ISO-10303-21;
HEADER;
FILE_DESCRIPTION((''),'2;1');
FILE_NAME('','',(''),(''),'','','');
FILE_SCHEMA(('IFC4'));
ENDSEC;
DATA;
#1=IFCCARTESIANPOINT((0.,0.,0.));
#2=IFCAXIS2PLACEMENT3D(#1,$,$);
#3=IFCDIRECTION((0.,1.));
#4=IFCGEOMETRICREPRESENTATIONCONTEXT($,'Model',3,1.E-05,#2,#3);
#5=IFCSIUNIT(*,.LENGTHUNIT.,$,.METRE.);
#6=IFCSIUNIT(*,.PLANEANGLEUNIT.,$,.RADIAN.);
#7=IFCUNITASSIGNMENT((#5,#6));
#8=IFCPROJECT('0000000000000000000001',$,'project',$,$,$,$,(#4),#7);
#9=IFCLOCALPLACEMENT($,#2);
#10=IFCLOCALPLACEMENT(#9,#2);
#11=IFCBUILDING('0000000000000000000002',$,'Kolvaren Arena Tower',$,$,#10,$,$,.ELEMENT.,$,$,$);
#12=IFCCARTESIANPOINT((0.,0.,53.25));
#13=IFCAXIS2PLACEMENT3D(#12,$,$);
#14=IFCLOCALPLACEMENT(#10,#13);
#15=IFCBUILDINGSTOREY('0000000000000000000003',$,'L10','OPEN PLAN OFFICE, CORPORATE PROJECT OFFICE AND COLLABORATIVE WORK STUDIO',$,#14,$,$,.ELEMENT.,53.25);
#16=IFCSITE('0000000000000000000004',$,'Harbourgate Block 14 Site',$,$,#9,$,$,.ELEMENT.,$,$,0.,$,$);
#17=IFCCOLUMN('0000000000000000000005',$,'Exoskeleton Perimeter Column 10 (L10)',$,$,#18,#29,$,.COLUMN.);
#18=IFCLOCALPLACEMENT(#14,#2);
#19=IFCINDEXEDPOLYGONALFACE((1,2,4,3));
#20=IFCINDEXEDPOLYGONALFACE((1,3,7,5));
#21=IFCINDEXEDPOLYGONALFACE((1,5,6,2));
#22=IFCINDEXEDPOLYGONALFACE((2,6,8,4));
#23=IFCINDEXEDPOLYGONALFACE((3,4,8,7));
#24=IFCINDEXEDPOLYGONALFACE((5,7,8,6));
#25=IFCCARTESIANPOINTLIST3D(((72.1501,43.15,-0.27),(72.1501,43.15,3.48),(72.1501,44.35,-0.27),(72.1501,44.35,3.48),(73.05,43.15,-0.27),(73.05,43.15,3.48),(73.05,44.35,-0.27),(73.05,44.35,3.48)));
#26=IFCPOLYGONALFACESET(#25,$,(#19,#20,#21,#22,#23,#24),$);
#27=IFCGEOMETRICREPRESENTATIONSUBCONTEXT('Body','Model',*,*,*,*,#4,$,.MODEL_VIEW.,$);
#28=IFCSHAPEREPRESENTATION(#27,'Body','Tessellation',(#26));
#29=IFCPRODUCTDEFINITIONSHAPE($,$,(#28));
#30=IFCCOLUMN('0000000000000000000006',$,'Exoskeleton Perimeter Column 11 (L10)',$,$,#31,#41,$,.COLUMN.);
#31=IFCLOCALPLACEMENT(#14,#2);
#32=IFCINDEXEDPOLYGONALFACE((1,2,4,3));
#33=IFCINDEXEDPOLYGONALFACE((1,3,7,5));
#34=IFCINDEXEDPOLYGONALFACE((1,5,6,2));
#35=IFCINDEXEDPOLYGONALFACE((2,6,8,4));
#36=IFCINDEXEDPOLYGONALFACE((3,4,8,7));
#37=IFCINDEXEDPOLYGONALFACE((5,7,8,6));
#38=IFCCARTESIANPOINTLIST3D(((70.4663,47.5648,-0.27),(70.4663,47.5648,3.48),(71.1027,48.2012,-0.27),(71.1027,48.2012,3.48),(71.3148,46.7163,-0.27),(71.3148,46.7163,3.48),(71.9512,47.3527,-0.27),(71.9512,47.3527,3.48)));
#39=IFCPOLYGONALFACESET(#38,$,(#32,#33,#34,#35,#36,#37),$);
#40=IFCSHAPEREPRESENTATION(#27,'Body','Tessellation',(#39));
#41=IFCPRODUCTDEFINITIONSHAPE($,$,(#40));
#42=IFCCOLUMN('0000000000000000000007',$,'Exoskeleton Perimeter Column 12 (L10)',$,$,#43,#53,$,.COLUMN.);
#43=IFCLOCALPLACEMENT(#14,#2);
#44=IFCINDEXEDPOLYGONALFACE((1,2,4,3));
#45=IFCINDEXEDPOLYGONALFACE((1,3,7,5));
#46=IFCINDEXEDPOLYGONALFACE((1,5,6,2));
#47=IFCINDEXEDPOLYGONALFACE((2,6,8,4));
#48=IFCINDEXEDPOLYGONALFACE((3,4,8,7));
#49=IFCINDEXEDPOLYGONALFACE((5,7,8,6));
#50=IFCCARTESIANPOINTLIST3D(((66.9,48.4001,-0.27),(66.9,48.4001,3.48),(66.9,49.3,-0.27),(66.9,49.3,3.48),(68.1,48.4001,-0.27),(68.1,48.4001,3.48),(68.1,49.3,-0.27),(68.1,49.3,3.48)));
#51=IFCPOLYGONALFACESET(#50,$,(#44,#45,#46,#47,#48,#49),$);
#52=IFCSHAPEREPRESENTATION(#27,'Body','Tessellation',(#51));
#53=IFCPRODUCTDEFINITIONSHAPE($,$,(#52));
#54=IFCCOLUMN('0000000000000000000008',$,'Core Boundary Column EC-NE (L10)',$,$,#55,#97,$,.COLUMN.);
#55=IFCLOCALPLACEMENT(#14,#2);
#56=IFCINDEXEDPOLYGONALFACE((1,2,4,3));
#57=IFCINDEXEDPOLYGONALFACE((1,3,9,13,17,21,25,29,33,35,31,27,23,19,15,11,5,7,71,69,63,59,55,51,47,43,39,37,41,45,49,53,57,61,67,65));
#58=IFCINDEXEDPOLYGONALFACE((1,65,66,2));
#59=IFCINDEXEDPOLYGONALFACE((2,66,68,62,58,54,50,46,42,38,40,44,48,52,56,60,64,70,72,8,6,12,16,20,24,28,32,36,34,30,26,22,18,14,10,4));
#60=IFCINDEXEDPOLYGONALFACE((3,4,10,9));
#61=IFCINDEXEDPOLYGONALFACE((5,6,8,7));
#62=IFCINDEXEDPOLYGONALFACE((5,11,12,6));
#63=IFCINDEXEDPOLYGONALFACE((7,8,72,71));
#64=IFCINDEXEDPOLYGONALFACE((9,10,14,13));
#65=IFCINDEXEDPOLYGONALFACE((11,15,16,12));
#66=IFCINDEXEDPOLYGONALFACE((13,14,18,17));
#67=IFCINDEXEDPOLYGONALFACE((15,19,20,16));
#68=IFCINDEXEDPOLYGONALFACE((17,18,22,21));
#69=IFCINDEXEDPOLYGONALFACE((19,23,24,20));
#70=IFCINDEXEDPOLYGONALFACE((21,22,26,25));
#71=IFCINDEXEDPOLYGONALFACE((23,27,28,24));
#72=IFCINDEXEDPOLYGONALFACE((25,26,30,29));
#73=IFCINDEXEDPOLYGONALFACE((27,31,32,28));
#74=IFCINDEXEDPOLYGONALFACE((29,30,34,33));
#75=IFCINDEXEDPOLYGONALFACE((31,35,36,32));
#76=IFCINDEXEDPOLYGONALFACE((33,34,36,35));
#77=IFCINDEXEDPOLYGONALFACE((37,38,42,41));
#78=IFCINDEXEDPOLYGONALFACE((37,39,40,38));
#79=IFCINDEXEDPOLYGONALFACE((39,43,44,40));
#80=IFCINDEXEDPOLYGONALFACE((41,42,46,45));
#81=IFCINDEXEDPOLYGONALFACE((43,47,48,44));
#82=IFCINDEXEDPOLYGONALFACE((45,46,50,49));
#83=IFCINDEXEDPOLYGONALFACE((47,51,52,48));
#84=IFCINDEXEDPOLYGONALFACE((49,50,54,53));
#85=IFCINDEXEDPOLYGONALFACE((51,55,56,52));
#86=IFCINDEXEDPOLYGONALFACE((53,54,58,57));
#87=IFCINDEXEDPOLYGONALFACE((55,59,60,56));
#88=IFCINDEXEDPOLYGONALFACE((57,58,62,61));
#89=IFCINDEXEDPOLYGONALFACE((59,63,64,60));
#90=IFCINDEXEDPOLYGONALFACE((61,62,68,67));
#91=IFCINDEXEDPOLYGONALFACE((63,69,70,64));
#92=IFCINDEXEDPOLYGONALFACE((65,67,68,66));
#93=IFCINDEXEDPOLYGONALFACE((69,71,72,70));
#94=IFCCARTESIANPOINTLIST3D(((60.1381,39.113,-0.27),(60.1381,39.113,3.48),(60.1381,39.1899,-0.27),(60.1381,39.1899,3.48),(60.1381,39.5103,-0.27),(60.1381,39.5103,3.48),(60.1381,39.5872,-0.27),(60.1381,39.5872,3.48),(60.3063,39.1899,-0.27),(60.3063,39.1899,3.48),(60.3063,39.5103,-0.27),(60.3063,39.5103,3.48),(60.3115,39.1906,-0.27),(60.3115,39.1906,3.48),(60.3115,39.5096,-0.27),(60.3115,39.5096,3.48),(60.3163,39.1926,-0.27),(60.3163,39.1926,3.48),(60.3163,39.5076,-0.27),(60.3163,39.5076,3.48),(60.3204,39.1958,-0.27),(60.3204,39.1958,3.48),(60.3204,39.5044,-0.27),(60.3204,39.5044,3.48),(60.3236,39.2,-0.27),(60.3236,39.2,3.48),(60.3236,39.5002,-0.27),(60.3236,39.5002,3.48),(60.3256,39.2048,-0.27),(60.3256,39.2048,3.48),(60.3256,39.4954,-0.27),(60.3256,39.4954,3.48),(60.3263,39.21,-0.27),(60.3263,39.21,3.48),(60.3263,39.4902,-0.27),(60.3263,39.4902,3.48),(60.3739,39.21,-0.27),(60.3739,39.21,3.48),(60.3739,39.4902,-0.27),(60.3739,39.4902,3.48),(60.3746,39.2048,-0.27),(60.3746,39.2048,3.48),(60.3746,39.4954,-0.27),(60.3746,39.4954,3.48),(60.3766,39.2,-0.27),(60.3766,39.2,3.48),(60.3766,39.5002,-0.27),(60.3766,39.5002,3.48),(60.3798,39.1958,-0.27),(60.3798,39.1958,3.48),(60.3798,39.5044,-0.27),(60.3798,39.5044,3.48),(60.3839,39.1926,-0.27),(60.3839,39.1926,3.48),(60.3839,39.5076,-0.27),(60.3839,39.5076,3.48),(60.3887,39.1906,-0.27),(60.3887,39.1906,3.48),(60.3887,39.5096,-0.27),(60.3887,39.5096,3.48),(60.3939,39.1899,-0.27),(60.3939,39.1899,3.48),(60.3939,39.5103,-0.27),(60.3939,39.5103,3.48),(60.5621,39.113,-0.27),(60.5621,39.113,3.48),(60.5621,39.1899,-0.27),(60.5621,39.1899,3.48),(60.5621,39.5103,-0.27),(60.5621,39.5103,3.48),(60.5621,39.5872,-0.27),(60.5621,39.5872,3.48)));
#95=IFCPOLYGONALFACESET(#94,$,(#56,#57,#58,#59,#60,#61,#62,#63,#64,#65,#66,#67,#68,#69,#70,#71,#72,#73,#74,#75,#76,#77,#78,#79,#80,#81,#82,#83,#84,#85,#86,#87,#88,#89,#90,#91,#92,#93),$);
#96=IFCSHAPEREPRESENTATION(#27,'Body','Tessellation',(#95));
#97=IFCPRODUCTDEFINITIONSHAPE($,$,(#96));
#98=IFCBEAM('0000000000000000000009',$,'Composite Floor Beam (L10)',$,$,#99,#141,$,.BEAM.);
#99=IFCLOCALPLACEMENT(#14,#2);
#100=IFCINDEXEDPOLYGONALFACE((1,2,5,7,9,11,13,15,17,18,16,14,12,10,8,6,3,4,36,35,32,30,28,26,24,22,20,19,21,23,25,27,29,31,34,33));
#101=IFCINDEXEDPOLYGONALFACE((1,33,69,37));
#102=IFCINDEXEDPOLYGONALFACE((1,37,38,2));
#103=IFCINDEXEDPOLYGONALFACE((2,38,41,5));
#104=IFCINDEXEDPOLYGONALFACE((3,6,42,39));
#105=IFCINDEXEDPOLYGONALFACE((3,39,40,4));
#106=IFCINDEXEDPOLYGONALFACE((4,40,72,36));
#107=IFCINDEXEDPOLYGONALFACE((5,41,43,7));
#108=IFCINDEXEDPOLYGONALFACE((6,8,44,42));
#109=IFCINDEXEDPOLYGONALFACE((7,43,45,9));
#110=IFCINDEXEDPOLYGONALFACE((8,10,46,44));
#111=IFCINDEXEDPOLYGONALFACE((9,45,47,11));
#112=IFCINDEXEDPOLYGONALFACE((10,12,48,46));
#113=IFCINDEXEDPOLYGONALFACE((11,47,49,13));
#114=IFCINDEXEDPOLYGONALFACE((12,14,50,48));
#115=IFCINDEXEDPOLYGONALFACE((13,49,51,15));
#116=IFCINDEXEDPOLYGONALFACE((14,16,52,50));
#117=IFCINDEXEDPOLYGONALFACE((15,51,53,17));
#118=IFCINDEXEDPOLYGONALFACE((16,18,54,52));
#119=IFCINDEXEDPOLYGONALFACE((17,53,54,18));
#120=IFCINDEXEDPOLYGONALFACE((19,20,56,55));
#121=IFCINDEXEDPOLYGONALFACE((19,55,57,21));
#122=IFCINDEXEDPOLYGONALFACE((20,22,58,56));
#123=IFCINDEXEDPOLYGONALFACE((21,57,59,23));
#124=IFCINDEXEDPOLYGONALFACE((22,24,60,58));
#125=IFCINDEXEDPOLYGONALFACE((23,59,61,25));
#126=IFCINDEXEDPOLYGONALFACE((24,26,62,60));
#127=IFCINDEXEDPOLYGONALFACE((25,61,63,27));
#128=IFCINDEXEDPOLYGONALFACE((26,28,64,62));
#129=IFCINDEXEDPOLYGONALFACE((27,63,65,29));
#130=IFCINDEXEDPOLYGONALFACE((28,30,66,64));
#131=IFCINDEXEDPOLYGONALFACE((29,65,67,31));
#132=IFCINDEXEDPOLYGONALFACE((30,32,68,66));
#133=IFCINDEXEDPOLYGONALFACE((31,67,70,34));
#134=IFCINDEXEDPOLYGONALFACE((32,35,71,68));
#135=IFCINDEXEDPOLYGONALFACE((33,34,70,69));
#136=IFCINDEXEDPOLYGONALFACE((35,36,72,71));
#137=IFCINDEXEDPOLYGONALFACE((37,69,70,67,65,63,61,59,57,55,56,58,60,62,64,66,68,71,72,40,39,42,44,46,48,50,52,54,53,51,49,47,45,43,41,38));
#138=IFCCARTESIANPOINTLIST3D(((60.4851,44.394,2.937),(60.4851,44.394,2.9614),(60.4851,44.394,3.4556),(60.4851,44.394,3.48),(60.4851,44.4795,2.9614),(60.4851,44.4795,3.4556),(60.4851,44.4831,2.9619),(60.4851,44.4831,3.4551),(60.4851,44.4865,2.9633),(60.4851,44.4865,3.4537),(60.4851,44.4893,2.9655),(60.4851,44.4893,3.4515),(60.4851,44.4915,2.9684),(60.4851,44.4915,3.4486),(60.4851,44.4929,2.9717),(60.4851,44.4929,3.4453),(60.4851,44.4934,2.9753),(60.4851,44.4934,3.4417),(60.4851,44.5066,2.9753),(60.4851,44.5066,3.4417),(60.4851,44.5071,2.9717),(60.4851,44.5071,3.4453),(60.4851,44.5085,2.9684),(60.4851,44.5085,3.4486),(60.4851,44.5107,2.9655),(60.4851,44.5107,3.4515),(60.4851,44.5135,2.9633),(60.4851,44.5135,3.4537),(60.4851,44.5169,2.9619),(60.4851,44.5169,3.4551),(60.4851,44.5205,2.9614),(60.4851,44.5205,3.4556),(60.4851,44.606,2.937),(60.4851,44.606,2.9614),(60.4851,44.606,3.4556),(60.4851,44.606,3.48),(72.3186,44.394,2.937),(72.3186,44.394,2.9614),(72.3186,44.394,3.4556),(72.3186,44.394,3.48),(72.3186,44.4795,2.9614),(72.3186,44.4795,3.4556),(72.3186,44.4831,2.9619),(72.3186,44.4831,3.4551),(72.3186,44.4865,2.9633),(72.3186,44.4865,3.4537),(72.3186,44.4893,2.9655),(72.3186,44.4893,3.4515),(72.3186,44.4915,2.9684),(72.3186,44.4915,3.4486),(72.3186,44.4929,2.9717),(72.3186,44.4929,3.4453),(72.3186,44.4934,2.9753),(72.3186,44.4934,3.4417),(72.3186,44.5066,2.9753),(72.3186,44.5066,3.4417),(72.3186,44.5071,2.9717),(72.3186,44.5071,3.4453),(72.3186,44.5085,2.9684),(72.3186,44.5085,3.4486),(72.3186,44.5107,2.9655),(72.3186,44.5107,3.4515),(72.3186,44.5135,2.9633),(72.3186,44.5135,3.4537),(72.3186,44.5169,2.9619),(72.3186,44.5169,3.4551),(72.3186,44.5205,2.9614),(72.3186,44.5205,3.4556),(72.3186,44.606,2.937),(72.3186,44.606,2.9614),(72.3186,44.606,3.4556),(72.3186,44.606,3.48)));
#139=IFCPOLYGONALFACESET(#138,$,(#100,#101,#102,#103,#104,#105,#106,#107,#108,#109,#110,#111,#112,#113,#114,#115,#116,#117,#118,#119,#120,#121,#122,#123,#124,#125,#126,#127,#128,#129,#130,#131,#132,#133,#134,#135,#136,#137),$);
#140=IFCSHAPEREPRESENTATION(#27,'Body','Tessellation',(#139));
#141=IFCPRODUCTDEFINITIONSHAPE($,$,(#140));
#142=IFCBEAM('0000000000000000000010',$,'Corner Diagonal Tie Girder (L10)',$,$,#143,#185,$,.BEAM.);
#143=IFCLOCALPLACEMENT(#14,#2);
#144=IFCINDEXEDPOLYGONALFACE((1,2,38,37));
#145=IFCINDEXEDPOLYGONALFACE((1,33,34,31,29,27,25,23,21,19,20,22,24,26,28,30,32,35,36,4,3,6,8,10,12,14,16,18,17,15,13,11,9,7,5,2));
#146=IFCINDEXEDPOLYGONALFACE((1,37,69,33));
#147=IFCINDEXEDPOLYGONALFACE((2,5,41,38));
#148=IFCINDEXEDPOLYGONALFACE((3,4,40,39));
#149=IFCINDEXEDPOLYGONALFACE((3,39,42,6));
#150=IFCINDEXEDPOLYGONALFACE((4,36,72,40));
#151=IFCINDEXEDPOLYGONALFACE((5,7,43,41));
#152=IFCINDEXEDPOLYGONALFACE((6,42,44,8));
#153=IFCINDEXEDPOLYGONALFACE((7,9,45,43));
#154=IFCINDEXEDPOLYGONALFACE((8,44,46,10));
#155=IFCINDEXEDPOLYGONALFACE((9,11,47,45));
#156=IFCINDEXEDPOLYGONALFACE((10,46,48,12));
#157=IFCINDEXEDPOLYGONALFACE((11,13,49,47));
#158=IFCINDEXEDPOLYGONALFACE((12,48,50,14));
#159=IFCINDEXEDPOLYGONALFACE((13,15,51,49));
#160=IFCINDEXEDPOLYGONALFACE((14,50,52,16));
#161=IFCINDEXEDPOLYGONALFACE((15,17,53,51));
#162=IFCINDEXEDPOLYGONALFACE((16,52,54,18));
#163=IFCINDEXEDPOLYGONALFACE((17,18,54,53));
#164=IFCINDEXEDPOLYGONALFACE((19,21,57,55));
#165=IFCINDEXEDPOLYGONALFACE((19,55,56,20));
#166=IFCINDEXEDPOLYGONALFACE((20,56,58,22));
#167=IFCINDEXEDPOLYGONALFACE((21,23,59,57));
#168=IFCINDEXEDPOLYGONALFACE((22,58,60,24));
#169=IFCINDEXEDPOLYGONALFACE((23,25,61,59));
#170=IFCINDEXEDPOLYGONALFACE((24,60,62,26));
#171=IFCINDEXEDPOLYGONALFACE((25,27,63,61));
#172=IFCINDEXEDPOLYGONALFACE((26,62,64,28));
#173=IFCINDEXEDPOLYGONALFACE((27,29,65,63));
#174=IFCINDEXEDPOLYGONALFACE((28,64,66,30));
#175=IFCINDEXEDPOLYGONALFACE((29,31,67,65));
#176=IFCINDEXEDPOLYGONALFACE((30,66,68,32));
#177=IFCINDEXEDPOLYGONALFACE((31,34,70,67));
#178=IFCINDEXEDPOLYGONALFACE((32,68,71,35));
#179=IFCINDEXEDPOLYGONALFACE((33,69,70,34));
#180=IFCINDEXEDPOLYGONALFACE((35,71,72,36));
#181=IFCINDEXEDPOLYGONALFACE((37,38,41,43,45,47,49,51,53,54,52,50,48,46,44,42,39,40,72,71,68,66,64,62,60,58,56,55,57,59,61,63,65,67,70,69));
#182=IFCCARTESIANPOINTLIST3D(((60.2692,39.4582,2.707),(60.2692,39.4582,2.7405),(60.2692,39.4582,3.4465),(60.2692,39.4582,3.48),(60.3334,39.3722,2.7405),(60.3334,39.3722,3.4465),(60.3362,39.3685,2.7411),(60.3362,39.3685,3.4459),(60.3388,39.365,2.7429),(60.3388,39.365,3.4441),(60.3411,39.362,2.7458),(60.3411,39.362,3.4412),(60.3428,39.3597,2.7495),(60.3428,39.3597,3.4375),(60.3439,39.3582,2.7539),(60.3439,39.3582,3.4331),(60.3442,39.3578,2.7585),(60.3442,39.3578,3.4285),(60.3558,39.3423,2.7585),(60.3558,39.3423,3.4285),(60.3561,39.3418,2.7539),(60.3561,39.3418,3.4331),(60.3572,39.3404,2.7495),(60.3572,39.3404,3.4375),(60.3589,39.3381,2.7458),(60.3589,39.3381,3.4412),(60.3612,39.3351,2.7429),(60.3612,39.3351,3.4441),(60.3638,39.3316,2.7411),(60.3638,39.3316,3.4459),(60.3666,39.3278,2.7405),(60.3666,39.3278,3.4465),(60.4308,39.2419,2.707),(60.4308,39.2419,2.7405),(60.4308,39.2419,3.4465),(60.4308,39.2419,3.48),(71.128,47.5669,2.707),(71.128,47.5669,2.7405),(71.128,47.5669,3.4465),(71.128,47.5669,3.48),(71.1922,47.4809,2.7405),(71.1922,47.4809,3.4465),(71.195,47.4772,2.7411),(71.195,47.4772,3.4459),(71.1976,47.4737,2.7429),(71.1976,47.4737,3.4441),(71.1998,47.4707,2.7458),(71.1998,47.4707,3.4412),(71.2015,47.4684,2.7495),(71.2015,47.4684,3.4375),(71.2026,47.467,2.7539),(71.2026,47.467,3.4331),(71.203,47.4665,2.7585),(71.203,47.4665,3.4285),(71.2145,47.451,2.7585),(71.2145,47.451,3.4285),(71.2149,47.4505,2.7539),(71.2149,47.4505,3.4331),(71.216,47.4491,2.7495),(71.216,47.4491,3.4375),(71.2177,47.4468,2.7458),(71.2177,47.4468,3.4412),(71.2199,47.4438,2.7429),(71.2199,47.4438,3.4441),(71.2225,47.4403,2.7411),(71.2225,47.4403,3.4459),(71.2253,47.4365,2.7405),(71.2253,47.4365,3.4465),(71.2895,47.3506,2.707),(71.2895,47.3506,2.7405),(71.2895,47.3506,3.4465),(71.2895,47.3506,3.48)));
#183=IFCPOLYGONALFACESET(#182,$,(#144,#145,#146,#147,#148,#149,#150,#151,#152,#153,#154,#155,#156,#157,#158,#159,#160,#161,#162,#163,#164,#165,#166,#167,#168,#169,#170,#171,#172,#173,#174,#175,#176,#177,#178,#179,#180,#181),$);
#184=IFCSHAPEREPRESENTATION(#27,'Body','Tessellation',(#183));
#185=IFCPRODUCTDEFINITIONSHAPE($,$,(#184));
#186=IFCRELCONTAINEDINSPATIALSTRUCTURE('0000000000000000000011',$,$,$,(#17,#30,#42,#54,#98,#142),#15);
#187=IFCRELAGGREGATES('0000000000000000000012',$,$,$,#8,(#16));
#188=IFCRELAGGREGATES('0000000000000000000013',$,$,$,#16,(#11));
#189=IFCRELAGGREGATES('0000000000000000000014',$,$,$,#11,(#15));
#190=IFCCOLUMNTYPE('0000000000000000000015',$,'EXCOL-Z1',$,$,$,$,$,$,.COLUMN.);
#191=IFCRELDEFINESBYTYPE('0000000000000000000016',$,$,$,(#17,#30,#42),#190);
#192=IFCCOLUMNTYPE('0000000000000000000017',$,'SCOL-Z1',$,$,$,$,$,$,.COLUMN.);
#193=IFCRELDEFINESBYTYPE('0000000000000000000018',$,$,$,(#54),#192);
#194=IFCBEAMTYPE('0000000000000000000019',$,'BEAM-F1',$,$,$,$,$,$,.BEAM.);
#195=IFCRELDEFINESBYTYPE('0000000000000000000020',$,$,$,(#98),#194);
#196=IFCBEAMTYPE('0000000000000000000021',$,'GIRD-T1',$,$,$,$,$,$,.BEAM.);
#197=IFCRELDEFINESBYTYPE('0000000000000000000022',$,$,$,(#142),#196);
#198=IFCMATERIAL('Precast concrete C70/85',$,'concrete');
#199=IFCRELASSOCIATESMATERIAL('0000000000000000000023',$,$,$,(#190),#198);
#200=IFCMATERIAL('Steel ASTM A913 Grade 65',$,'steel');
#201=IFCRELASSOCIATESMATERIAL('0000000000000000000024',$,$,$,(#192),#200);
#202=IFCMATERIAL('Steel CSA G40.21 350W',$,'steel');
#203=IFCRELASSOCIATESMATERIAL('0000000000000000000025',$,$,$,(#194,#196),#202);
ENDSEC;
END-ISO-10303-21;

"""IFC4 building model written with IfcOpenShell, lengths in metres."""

from ifc_helpers import new_model, si_unit, direction, frame, origin, origin_2d, place, context, subcontext, project, spatial, rectangle, i_section, extrude, material, material_profile, profile_set, type_object, element, save


model = new_model("IFC4")

# Units and contexts
model_context = context("Model", 3, precision=1e-05, world=origin(), true_north=direction((0.0, 1.0)))
body_context = subcontext(model_context, "Body", "Model", "MODEL_VIEW")
ifc_project = project(units=[si_unit("LENGTHUNIT", "METRE"), si_unit("PLANEANGLEUNIT", "RADIAN")], contexts=[model_context])

# Site, building, storey
site_placement = place(None, origin())
site = spatial("IfcSite", under=ifc_project, at=site_placement, Name="Harbourgate Block 14 Site", CompositionType="ELEMENT", RefElevation=0.0)
building_placement = place(site_placement, origin())
building = spatial("IfcBuilding", under=site, at=building_placement, Name="Kolvaren Arena Tower", CompositionType="ELEMENT")
storey_placement = place(building_placement, frame((0.0, 0.0, 53.25)))
storey = spatial("IfcBuildingStorey", under=building, at=storey_placement, Name="L10", Description="OPEN PLAN OFFICE, CORPORATE PROJECT OFFICE AND COLLABORATIVE WORK STUDIO", CompositionType="ELEMENT", Elevation=53.25)

# Columns
ifc_material_1 = material(Name="Precast concrete C70/85", Category="concrete")
ifc_material_profile_1 = material_profile(ifc_material_1, rectangle(XDim=1.2, YDim=0.8999, at=origin_2d()), Name="RC-1200x900")
ifc_profile_set_1 = profile_set([ifc_material_profile_1], Name="Precast concrete C70/85")
column_type_1 = type_object("IfcColumnType", Name="EXCOL-Z1", PredefinedType="COLUMN", material=ifc_profile_set_1)
for number, where, z_axis, x_axis, name in (
    (1, (72.6001, 43.75, -0.27), (0.0, 0.0, 1.0), (0.0, 1.0, 0.0), "Exoskeleton Perimeter Column 10 (L10)"),
    (2, (71.2087, 47.4587, -0.27), (0.0, 0.0, 1.0), (-0.707107, 0.707107, 0.0), "Exoskeleton Perimeter Column 11 (L10)"),
    (3, (67.5, 48.8501, -0.27), (0.0, 0.0, 1.0), (1.0, 0.0, 0.0), "Exoskeleton Perimeter Column 12 (L10)"),
):
    element("IfcColumn", number, at=place(storey_placement, frame(where, z_axis=z_axis, x_axis=x_axis)), inside=storey, type_object=column_type_1, Name=name, PredefinedType="COLUMN", context=body_context, shape_type="SweptSolid", body=[
        extrude(rectangle(XDim=1.2, YDim=0.8999, at=origin_2d()), origin(), (0.0, 0.0, 1.0), 3.75),
    ])
ifc_material_2 = material(Name="Steel ASTM A913 Grade 65", Category="steel")
ifc_material_profile_2 = material_profile(ifc_material_2, i_section(OverallWidth=0.4241, OverallDepth=0.4741, WebThickness=0.0476, FlangeThickness=0.0769, FilletRadius=0.02, at=origin_2d()), Name="W360x634")
ifc_profile_set_2 = profile_set([ifc_material_profile_2], Name="Steel ASTM A913 Grade 65")
column_type_2 = type_object("IfcColumnType", Name="SCOL-Z1", PredefinedType="COLUMN", material=ifc_profile_set_2)
column_placement = place(storey_placement, frame((60.3501, 39.3501, -0.27), z_axis=(0.0, 0.0, 1.0), x_axis=(1.0, 0.0, 0.0)))
element("IfcColumn", 4, at=column_placement, inside=storey, type_object=column_type_2, Name="Core Boundary Column EC-NE (L10)", PredefinedType="COLUMN", context=body_context, shape_type="SweptSolid", body=[
    extrude(i_section(OverallWidth=0.4241, OverallDepth=0.4741, WebThickness=0.0476, FlangeThickness=0.0769, FilletRadius=0.02, at=origin_2d()), origin(), (0.0, 0.0, 1.0), 3.75),
])

# Beams
ifc_material_3 = material(Name="Steel CSA G40.21 350W", Category="steel")
ifc_material_profile_3 = material_profile(ifc_material_3, i_section(OverallWidth=0.2119, OverallDepth=0.543, WebThickness=0.0132, FlangeThickness=0.0244, FilletRadius=0.0139, at=origin_2d()), Name="W530x150")
ifc_profile_set_3 = profile_set([ifc_material_profile_3], Name="Steel CSA G40.21 350W")
beam_type_1 = type_object("IfcBeamType", Name="BEAM-F1", PredefinedType="BEAM", material=ifc_profile_set_3)
beam_1_placement = place(storey_placement, frame((60.4851, 44.5, 3.2085), z_axis=(1.0, 0.0, 0.0), x_axis=(0.0, 1.0, 0.0)))
element("IfcBeam", 5, at=beam_1_placement, inside=storey, type_object=beam_type_1, Name="Composite Floor Beam (L10)", PredefinedType="BEAM", context=body_context, shape_type="SweptSolid", body=[
    extrude(i_section(OverallWidth=0.2119, OverallDepth=0.543, WebThickness=0.0132, FlangeThickness=0.0244, FilletRadius=0.0139, at=origin_2d()), origin(), (0.0, 0.0, 1.0), 11.8335),
])
ifc_material_profile_4 = material_profile(ifc_material_3, i_section(OverallWidth=0.27, OverallDepth=0.7729, WebThickness=0.0193, FlangeThickness=0.0334, FilletRadius=0.0181, at=origin_2d()), Name="W760x257")
ifc_profile_set_4 = profile_set([ifc_material_profile_4], Name="Steel CSA G40.21 350W")
beam_type_2 = type_object("IfcBeamType", Name="GIRD-T1", PredefinedType="BEAM", material=ifc_profile_set_4)
beam_2_placement = place(storey_placement, frame((71.2087, 47.4587, 3.0935), z_axis=(-0.80125, -0.59833, 0.0), x_axis=(0.59833, -0.80125, 0.0)))
element("IfcBeam", 6, at=beam_2_placement, inside=storey, type_object=beam_type_2, Name="Corner Diagonal Tie Girder (L10)", PredefinedType="BEAM", context=body_context, shape_type="SweptSolid", body=[
    extrude(i_section(OverallWidth=0.27, OverallDepth=0.7729, WebThickness=0.0193, FlangeThickness=0.0334, FilletRadius=0.0181, at=origin_2d()), origin(), (0.0, 0.0, 1.0), 13.5522),
])

save(model, "model.ifc")
